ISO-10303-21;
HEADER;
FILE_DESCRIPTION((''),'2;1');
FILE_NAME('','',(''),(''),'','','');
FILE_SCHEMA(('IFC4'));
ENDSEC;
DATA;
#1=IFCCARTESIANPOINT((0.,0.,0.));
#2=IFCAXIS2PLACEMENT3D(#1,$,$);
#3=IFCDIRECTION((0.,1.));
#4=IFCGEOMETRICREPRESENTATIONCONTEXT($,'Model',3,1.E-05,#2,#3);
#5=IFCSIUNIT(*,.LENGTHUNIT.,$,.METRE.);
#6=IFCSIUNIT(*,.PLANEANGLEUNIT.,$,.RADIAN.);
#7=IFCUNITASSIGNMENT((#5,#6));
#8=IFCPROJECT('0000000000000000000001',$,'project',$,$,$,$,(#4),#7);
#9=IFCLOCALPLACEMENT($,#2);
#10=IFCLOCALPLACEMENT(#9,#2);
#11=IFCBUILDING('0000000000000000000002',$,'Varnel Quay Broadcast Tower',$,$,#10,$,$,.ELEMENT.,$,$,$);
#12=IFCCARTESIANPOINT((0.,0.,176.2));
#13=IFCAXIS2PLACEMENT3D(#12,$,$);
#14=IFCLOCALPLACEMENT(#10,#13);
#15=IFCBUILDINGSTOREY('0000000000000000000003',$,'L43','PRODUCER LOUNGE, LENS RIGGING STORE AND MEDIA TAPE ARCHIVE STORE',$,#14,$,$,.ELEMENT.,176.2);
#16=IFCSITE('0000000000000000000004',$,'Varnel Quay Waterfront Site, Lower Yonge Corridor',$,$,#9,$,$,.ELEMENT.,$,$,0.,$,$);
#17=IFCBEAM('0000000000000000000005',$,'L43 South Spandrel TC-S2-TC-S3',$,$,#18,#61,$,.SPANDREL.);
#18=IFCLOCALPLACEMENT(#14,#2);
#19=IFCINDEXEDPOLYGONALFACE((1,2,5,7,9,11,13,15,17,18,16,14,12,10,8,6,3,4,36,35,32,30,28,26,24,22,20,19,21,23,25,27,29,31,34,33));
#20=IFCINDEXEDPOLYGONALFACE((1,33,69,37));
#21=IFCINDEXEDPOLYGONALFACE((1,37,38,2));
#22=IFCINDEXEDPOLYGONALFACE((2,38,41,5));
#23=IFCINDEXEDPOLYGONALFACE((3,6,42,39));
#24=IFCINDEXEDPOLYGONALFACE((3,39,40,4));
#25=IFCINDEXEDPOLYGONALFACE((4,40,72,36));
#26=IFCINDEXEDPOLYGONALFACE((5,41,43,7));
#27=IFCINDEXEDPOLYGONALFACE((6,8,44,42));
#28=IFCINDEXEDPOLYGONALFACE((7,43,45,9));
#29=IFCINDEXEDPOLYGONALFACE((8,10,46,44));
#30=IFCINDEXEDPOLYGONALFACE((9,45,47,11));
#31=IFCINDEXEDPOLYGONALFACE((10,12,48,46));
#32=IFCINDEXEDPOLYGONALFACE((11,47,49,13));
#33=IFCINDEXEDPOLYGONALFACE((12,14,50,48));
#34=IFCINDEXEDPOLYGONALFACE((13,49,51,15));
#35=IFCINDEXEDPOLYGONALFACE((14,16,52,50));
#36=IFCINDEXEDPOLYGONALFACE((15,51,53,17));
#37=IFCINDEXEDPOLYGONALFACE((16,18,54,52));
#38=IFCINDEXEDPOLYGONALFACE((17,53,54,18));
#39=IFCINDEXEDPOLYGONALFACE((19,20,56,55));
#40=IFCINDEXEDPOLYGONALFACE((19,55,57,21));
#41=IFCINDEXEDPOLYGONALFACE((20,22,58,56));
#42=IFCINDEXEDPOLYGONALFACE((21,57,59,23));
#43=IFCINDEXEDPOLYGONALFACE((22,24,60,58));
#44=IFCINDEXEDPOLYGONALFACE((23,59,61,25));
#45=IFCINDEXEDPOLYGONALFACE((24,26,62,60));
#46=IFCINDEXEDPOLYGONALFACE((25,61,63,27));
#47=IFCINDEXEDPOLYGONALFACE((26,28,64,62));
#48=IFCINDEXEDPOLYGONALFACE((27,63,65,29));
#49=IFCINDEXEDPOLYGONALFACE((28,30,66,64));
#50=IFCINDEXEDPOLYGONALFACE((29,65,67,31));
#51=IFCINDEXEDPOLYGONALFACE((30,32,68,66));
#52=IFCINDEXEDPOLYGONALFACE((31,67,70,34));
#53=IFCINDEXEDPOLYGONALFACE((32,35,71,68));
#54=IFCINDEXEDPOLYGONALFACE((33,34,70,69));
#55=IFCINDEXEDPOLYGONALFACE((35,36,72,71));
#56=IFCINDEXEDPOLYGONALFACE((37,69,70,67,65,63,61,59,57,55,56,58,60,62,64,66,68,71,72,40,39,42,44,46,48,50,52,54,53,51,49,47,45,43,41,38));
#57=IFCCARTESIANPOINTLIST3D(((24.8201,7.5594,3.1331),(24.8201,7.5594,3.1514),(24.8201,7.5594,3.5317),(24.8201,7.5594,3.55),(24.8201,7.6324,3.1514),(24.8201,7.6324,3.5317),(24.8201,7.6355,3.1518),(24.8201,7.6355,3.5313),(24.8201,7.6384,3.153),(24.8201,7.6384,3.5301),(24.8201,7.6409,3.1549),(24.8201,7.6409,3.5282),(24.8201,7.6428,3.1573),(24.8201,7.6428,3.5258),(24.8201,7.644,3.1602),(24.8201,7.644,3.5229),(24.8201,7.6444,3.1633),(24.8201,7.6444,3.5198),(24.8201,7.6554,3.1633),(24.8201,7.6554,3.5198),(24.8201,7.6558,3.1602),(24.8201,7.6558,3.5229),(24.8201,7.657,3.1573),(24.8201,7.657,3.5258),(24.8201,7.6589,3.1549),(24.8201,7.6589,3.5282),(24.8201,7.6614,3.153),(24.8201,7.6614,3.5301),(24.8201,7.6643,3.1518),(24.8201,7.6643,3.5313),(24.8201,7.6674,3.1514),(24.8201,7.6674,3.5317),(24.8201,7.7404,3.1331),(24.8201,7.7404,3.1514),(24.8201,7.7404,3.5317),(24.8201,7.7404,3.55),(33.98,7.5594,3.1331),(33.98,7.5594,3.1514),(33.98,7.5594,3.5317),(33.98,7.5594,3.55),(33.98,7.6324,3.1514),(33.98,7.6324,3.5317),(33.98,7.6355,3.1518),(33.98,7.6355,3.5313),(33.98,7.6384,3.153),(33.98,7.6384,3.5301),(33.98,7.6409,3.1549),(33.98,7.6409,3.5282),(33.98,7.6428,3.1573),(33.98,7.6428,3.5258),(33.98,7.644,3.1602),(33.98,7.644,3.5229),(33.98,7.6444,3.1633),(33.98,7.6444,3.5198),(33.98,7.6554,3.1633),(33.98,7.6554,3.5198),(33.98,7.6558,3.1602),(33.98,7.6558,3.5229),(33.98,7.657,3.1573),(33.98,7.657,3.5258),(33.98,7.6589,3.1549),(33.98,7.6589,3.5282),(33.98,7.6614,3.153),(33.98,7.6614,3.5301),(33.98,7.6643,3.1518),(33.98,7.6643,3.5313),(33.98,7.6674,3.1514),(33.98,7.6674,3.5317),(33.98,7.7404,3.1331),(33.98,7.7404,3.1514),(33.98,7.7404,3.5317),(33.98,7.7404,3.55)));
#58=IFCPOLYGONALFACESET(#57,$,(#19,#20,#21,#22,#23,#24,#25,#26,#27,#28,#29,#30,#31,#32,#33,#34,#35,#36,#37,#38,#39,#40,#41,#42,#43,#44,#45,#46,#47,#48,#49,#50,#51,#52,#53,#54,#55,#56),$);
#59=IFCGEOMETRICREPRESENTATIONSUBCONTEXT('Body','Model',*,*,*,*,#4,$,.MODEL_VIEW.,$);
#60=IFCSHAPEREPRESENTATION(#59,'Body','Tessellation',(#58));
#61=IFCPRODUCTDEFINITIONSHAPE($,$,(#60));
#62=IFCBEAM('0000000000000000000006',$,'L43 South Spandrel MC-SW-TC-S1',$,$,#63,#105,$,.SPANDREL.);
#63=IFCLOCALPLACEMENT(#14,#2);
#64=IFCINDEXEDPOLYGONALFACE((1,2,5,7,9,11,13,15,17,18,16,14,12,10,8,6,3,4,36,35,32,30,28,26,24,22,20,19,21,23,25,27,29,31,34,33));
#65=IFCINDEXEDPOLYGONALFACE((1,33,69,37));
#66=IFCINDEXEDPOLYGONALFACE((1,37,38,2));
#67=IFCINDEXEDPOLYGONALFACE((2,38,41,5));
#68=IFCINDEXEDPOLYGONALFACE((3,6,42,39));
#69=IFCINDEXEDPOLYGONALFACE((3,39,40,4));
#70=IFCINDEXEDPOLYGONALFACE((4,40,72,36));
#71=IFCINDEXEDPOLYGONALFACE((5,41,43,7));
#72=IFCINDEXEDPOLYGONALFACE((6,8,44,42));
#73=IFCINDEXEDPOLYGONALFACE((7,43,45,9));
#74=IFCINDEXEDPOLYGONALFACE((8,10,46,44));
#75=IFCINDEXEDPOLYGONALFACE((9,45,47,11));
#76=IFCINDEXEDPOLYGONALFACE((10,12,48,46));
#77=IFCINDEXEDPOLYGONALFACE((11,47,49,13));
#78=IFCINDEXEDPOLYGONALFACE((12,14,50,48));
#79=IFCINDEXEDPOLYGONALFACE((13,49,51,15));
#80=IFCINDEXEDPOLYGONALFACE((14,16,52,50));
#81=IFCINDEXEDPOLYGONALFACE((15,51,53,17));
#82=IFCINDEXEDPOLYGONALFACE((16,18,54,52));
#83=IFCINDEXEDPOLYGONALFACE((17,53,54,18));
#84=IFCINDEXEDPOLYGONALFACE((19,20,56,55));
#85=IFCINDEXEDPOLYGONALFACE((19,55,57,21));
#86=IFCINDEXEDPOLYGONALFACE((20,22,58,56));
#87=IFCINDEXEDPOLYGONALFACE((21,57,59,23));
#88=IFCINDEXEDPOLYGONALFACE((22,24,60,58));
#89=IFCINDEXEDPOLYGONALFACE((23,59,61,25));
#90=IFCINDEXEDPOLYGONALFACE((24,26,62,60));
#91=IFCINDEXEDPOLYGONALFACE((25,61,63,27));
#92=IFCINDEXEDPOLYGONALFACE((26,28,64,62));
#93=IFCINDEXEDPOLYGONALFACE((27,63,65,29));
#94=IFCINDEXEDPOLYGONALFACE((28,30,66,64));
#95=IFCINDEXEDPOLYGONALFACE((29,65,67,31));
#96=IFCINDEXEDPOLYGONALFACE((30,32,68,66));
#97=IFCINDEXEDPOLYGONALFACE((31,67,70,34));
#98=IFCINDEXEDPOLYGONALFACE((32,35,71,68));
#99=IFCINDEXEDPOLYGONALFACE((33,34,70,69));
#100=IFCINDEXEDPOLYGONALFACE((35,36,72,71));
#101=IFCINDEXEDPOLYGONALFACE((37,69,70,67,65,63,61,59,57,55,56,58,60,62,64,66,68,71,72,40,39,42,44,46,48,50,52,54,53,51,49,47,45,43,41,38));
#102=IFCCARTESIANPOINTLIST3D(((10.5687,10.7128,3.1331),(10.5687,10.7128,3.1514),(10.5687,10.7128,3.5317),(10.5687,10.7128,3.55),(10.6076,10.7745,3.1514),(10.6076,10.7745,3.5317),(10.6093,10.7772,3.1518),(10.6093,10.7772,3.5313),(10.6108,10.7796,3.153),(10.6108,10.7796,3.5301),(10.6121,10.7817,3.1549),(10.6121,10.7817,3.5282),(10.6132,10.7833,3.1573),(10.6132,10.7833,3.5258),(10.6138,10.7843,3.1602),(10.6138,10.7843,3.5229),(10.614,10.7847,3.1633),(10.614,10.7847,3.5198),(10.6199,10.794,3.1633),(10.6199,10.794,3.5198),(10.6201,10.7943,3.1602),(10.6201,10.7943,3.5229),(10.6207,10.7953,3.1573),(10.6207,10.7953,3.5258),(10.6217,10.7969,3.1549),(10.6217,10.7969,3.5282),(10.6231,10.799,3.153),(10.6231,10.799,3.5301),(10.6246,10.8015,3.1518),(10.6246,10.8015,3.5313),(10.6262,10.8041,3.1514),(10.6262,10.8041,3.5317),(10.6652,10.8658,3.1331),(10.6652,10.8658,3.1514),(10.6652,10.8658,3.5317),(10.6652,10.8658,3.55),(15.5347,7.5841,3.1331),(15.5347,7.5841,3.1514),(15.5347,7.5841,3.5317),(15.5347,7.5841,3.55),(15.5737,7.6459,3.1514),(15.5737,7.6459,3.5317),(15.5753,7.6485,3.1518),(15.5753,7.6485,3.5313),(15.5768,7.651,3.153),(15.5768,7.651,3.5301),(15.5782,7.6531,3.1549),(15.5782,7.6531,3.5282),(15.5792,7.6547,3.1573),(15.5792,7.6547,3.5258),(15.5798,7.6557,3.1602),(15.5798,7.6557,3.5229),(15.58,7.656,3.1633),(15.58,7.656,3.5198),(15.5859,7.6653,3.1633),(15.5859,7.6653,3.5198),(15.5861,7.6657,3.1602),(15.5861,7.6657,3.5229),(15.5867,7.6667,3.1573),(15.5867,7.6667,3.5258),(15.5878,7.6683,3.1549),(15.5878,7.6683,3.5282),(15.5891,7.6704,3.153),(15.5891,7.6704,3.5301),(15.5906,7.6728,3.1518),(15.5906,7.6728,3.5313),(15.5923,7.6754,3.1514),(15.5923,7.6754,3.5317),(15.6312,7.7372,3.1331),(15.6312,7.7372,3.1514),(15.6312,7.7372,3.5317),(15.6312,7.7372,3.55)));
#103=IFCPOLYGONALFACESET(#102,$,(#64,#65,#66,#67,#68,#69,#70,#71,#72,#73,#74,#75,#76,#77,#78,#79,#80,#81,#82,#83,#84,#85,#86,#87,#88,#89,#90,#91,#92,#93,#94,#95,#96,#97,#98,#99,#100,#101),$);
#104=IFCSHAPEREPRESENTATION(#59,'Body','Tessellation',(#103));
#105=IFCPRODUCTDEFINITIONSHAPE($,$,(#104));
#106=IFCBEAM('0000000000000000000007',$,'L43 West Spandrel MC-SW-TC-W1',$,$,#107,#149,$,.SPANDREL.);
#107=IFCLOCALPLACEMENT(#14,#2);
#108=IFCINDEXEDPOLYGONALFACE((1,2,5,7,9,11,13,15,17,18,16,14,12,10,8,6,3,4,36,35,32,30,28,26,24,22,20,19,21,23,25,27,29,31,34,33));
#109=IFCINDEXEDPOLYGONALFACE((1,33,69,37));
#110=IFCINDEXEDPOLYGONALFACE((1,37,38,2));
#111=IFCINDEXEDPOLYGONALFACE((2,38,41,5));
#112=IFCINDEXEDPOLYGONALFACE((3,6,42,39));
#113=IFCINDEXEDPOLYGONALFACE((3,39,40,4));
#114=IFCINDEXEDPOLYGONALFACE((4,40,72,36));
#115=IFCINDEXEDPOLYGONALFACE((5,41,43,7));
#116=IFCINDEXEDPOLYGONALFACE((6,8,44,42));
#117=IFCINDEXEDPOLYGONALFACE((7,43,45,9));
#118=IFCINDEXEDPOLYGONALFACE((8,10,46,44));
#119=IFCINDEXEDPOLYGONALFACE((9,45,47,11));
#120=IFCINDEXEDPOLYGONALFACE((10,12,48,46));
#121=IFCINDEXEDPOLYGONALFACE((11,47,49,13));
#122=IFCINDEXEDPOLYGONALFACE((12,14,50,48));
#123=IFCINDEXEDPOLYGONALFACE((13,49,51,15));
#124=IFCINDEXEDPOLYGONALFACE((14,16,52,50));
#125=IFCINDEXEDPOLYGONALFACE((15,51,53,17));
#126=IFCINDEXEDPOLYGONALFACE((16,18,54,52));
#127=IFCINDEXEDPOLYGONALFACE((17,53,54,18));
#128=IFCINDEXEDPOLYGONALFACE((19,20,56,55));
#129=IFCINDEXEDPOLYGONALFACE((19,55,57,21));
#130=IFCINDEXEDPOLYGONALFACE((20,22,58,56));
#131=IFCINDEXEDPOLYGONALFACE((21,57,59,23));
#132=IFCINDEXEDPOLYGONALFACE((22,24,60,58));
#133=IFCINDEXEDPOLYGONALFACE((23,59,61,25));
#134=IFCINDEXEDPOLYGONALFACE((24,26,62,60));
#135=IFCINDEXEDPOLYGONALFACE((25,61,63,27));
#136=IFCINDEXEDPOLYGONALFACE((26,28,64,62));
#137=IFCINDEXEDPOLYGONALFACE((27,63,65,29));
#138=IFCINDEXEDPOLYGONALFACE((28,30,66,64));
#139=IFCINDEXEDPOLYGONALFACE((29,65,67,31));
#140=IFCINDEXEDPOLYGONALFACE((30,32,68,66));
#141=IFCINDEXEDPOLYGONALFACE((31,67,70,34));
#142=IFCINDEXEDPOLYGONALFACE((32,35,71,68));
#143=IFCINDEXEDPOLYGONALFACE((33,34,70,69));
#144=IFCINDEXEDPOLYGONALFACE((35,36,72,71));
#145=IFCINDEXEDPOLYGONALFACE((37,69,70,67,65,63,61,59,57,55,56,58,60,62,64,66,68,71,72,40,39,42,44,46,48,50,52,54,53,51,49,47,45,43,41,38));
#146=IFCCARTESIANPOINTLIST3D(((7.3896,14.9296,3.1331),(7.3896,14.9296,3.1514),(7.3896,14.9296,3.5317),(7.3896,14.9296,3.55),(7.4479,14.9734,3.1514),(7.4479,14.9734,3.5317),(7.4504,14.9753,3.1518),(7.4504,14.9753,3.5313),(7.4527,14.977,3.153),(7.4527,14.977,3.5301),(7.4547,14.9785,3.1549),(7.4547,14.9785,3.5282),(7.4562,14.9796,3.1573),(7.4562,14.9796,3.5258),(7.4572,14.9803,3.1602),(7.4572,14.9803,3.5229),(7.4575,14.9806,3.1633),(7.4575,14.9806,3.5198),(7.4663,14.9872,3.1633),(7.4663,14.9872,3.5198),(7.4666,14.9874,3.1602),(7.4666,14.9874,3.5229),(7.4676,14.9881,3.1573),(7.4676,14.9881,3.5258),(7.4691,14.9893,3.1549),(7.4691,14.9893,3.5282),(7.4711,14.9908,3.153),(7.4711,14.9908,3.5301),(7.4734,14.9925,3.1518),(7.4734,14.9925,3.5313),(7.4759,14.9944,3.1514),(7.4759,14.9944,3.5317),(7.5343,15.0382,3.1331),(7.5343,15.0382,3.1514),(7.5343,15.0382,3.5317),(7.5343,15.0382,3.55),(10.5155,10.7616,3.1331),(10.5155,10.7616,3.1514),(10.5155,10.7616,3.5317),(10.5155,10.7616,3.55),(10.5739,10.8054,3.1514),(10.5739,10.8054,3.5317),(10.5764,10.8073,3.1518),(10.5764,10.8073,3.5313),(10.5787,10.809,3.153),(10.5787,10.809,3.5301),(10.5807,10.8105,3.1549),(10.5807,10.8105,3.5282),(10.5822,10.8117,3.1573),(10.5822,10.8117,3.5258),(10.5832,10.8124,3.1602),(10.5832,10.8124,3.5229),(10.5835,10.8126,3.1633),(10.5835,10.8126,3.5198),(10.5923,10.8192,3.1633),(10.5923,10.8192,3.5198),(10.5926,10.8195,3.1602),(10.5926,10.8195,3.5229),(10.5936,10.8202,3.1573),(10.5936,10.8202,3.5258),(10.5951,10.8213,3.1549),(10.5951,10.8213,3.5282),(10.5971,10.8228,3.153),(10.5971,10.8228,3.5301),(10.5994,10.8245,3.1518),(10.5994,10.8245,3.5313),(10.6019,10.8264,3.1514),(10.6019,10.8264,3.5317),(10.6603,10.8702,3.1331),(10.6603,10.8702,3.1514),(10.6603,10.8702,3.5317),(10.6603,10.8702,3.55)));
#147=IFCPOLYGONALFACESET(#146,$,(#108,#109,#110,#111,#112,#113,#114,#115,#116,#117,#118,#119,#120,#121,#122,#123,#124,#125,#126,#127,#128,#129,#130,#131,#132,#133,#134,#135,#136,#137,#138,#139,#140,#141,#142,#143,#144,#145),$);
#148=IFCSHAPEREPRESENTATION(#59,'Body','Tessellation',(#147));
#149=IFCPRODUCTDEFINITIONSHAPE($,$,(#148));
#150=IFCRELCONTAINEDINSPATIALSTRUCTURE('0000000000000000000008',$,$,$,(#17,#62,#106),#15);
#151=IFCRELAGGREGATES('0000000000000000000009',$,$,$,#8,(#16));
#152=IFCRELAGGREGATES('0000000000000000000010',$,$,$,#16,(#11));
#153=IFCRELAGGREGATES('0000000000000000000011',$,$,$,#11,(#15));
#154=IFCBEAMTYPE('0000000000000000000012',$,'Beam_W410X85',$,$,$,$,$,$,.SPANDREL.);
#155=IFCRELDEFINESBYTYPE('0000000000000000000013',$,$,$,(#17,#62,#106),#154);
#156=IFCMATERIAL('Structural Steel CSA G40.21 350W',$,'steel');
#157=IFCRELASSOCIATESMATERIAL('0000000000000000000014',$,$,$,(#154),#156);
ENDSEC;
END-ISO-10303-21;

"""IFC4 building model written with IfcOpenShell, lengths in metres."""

from ifc_helpers import new_model, si_unit, direction, frame, origin, origin_2d, place, context, subcontext, project, spatial, i_section, extrude, source, transform, mapped, material, material_profile, profile_set, type_object, type_shapes, element, save


model = new_model("IFC4")

# Units and contexts
model_context = context("Model", 3, precision=1e-05, world=origin(), true_north=direction((0.0, 1.0)))
body_context = subcontext(model_context, "Body", "Model", "MODEL_VIEW")
ifc_project = project(units=[si_unit("LENGTHUNIT", "METRE"), si_unit("PLANEANGLEUNIT", "RADIAN")], contexts=[model_context])

# Site, building, storey
site_placement = place(None, origin())
site = spatial("IfcSite", under=ifc_project, at=site_placement, Name="Varnel Quay Waterfront Site, Lower Yonge Corridor", CompositionType="ELEMENT", RefElevation=0.0)
building_placement = place(site_placement, origin())
building = spatial("IfcBuilding", under=site, at=building_placement, Name="Varnel Quay Broadcast Tower", CompositionType="ELEMENT")
storey_placement = place(building_placement, frame((0.0, 0.0, 176.2)))
storey = spatial("IfcBuildingStorey", under=building, at=storey_placement, Name="L43", Description="PRODUCER LOUNGE, LENS RIGGING STORE AND MEDIA TAPE ARCHIVE STORE", CompositionType="ELEMENT", Elevation=176.2)

# Shared definitions
ifc_material_1 = material(Name="Structural Steel CSA G40.21 350W", Category="steel")

# Beams
ifc_material_profile_1 = material_profile(ifc_material_1, i_section(OverallWidth=0.1809, OverallDepth=0.417, WebThickness=0.011, FlangeThickness=0.0183, FilletRadius=0.012, at=origin_2d()), Name="W410X85")
ifc_profile_set_1 = profile_set([ifc_material_profile_1], Name="Structural Steel CSA G40.21 350W")
beam_type_1 = type_object("IfcBeamType", Name="Beam_W410X85", PredefinedType="SPANDREL", material=ifc_profile_set_1)
shared_shape_1 = source(origin(), body_context, "Body", "SweptSolid", [
    extrude(i_section(OverallWidth=0.1809, OverallDepth=0.417, WebThickness=0.011, FlangeThickness=0.0183, FilletRadius=0.012, at=origin_2d()), origin(), (0.0, 0.0, 1.0), 9.1599),
])
for number, where, z_axis, x_axis, name in (
    (1, (24.8201, 7.6499, 3.3416), (1.0, 0.0, 0.0), (0.0, 1.0, 0.0), "L43 South Spandrel TC-S2-TC-S3"),
):
    element("IfcBeam", number, at=place(storey_placement, frame(where, z_axis=z_axis, x_axis=x_axis)), inside=storey, type_object=beam_type_1, Name=name, PredefinedType="SPANDREL", context=body_context, shape_type="MappedRepresentation", body=[
        mapped(shared_shape_1, transform((0.0, 0.0, 0.0), x_axis=(1.0, 0.0, 0.0), y_axis=(0.0, 1.0, 0.0), z_axis=(0.0, 0.0, 1.0), scale=1.0)),
    ])
shared_shape_2 = source(origin(), body_context, "Body", "SweptSolid", [
    extrude(i_section(OverallWidth=0.1809, OverallDepth=0.417, WebThickness=0.011, FlangeThickness=0.0183, FilletRadius=0.012, at=origin_2d()), origin(), (0.0, 0.0, 1.0), 5.8694),
])
beam_1_placement = place(storey_placement, frame((10.6169, 10.7893, 3.3416), z_axis=(0.846088, -0.533043, 0.0), x_axis=(0.533043, 0.846088, 0.0)))
element("IfcBeam", 2, at=beam_1_placement, inside=storey, type_object=beam_type_1, Name="L43 South Spandrel MC-SW-TC-S1", PredefinedType="SPANDREL", context=body_context, shape_type="MappedRepresentation", body=[
    mapped(shared_shape_2, transform((0.0, 0.0, 0.0), x_axis=(1.0, 0.0, 0.0), y_axis=(0.0, 1.0, 0.0), z_axis=(0.0, 0.0, 1.0), scale=1.0)),
])
shared_shape_3 = source(origin(), body_context, "Body", "SweptSolid", [
    extrude(i_section(OverallWidth=0.1809, OverallDepth=0.417, WebThickness=0.011, FlangeThickness=0.0183, FilletRadius=0.012, at=origin_2d()), origin(), (0.0, 0.0, 1.0), 5.21),
])
type_shapes(beam_type_1, [shared_shape_1, shared_shape_2, shared_shape_3])
beam_2_placement = place(storey_placement, frame((10.5879, 10.8159, 3.3416), z_axis=(-0.6, 0.8, 0.0), x_axis=(-0.8, -0.6, 0.0)))
element("IfcBeam", 3, at=beam_2_placement, inside=storey, type_object=beam_type_1, Name="L43 West Spandrel MC-SW-TC-W1", PredefinedType="SPANDREL", context=body_context, shape_type="MappedRepresentation", body=[
    mapped(shared_shape_3, transform((0.0, 0.0, 0.0), x_axis=(1.0, 0.0, 0.0), y_axis=(0.0, 1.0, 0.0), z_axis=(0.0, 0.0, 1.0), scale=1.0)),
])

save(model, "model.ifc")
